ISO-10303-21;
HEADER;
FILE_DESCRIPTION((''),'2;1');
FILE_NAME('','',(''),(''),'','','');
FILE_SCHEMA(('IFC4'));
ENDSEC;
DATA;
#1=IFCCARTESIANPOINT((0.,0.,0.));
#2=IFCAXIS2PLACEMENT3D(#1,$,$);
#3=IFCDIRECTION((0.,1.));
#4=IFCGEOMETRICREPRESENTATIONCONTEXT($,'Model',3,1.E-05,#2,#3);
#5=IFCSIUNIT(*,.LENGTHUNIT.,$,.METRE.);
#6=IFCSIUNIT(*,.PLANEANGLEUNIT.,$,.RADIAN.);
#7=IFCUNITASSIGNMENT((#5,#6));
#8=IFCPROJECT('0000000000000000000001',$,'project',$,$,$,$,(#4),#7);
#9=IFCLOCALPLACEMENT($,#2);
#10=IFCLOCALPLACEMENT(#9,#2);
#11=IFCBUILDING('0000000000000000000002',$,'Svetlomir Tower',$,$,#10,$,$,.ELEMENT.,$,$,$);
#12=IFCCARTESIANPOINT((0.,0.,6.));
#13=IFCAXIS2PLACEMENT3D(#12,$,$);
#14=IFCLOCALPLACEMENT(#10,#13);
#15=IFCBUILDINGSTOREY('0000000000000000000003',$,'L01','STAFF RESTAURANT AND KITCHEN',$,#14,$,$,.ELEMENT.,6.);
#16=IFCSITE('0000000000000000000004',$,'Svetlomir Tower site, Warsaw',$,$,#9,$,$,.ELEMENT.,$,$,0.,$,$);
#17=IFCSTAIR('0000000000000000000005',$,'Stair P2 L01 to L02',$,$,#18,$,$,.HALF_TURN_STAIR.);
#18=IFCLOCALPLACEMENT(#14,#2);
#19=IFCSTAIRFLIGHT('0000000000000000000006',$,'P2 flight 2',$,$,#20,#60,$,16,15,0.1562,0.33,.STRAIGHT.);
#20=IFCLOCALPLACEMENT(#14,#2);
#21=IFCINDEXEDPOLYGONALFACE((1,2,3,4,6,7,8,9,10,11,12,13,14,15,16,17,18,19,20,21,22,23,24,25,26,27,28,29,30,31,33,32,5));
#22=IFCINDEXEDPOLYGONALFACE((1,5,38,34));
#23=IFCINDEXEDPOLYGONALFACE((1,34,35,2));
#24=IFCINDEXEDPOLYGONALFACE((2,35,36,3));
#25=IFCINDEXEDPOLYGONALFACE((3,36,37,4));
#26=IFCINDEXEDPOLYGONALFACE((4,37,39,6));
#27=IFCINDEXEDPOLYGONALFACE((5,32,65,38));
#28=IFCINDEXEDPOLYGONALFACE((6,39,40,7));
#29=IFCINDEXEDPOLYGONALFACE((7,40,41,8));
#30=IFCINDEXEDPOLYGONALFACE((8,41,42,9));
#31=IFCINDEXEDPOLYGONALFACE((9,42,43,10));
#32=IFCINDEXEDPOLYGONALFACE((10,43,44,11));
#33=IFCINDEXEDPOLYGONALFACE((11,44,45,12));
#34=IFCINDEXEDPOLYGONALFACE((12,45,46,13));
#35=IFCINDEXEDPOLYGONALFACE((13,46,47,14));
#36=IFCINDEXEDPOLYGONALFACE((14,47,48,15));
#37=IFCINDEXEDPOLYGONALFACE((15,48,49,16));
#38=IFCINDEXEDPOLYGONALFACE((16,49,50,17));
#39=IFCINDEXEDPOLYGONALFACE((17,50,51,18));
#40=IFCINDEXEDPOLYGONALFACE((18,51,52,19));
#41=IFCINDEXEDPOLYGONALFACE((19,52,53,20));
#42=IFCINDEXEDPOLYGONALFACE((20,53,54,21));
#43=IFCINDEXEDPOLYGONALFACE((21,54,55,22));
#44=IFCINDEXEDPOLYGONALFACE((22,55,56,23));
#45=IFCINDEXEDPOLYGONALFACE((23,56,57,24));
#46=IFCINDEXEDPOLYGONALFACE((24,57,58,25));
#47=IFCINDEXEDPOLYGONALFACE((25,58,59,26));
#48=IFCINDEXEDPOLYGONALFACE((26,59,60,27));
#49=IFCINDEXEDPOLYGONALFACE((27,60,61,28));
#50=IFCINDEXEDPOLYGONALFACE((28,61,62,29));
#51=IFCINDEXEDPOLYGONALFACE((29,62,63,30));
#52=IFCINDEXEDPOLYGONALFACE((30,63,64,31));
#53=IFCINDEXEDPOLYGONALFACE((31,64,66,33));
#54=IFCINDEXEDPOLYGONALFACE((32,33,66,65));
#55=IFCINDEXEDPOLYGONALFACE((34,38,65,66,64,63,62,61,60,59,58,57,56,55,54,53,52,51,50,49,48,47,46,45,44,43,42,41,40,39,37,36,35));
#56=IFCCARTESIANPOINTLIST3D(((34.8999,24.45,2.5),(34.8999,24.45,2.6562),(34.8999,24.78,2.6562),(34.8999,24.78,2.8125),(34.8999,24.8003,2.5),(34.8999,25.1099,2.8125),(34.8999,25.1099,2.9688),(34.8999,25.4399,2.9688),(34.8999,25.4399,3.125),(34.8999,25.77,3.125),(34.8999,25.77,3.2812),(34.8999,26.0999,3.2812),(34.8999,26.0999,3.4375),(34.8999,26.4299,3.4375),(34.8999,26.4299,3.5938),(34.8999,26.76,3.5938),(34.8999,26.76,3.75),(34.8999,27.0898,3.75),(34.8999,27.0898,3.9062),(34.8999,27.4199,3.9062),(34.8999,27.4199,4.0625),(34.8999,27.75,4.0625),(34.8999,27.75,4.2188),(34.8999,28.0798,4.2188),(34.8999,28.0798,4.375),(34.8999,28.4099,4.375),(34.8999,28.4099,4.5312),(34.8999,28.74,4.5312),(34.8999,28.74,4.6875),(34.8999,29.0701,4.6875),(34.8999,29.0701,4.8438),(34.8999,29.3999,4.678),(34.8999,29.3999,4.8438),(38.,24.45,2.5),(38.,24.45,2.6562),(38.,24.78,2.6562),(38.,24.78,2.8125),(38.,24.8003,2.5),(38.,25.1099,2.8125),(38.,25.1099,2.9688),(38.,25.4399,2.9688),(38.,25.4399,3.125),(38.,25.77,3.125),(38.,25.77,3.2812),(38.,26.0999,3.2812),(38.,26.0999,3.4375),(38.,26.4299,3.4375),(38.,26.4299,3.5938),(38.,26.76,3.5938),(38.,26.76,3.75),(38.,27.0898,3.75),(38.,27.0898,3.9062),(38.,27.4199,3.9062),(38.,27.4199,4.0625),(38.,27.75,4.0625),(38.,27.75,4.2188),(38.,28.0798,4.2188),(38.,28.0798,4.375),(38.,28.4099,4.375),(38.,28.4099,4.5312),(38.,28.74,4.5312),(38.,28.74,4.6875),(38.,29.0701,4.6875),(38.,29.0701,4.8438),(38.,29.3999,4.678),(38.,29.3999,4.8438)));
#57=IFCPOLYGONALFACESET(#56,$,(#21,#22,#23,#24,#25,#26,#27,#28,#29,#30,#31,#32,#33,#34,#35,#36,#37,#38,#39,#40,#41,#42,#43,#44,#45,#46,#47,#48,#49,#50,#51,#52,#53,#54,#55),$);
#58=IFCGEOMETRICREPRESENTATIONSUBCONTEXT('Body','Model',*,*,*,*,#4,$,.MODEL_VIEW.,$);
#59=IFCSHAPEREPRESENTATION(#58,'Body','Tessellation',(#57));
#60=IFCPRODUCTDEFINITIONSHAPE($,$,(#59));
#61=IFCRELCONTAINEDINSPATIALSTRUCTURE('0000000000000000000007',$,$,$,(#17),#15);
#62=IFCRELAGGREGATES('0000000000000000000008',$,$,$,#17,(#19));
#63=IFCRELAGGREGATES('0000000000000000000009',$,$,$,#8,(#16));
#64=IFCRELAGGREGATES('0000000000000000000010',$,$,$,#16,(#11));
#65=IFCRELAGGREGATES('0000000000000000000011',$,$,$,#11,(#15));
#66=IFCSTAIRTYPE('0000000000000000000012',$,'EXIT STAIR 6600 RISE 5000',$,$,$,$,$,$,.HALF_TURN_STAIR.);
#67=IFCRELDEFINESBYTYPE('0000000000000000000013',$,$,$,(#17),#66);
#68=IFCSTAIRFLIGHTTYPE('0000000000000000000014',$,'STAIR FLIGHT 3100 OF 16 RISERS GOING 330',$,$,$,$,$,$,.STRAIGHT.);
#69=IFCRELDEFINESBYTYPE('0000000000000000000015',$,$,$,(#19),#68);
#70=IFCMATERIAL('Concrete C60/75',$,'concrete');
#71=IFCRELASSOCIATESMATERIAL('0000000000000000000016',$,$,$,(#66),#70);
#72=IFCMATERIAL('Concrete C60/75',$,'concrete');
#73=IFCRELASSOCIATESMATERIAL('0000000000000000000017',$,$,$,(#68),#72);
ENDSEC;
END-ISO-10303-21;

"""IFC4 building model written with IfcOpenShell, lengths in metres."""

from ifc_helpers import new_model, si_unit, direction, frame, origin, place, context, subcontext, project, spatial, polyline, outline, extrude, material, type_object, element, aggregate, save


model = new_model("IFC4")

# Units and contexts
model_context = context("Model", 3, precision=1e-05, world=origin(), true_north=direction((0.0, 1.0)))
body_context = subcontext(model_context, "Body", "Model", "MODEL_VIEW")
ifc_project = project(units=[si_unit("LENGTHUNIT", "METRE"), si_unit("PLANEANGLEUNIT", "RADIAN")], contexts=[model_context])

# Site, building, storey
site_placement = place(None, origin())
site = spatial("IfcSite", under=ifc_project, at=site_placement, Name="Svetlomir Tower site, Warsaw", CompositionType="ELEMENT", RefElevation=0.0)
building_placement = place(site_placement, origin())
building = spatial("IfcBuilding", under=site, at=building_placement, Name="Svetlomir Tower", CompositionType="ELEMENT")
storey_placement = place(building_placement, frame((0.0, 0.0, 6.0)))
storey = spatial("IfcBuildingStorey", under=building, at=storey_placement, Name="L01", Description="STAFF RESTAURANT AND KITCHEN", CompositionType="ELEMENT", Elevation=6.0)

# Stair, stair flight
ifc_material_1 = material(Name="Concrete C60/75", Category="concrete")
stair_type = type_object("IfcStairType", Name="EXIT STAIR 6600 RISE 5000", PredefinedType="HALF_TURN_STAIR", material=ifc_material_1)
stair_placement = place(storey_placement, origin())
stair = element("IfcStair", 1, at=stair_placement, inside=storey, type_object=stair_type, Name="Stair P2 L01 to L02", PredefinedType="HALF_TURN_STAIR")
ifc_material_2 = material(Name="Concrete C60/75", Category="concrete")
stair_flight_type = type_object("IfcStairFlightType", Name="STAIR FLIGHT 3100 OF 16 RISERS GOING 330", PredefinedType="STRAIGHT", material=ifc_material_2)
stair_flight_placement = place(storey_placement, frame((36.45, 24.45, 2.5), z_axis=(0.0, 0.0, 1.0), x_axis=(0.0, 1.0, 0.0)))
stair_flight = element("IfcStairFlight", 2, at=stair_flight_placement, type_object=stair_flight_type, Name="P2 flight 2", NumberOfRisers=16, NumberOfTreads=15, PredefinedType="STRAIGHT", RiserHeight=0.1562, TreadLength=0.33, context=body_context, shape_type="SweptSolid", body=[
    extrude(outline(polyline([(0.0, 0.0), (0.0, 0.1562), (0.3301, 0.1562), (0.3301, 0.3125), (0.6599, 0.3125), (0.6599, 0.4688), (0.99, 0.4688), (0.99, 0.625), (1.3201, 0.625), (1.3201, 0.7812), (1.6499, 0.7812), (1.6499, 0.9375), (1.98, 0.9375), (1.98, 1.0938), (2.3101, 1.0938), (2.3101, 1.25), (2.6399, 1.25), (2.6399, 1.4062), (2.97, 1.4062), (2.97, 1.5625), (3.3, 1.5625), (3.3, 1.7188), (3.6299, 1.7188), (3.6299, 1.875), (3.96, 1.875), (3.96, 2.0312), (4.29, 2.0312), (4.29, 2.1875), (4.6201, 2.1875), (4.6201, 2.3438), (4.95, 2.3438), (4.95, 2.5), (4.95, 2.178), (0.3503, 0.0), (0.0, 0.0)])), frame((0.0, 1.55, 0.0), z_axis=(0.0, -1.0, 0.0), x_axis=(1.0, 0.0, 0.0)), (0.0, 0.0, 1.0), 3.1001),
])
aggregate(stair, [stair_flight])

save(model, "model.ifc")
